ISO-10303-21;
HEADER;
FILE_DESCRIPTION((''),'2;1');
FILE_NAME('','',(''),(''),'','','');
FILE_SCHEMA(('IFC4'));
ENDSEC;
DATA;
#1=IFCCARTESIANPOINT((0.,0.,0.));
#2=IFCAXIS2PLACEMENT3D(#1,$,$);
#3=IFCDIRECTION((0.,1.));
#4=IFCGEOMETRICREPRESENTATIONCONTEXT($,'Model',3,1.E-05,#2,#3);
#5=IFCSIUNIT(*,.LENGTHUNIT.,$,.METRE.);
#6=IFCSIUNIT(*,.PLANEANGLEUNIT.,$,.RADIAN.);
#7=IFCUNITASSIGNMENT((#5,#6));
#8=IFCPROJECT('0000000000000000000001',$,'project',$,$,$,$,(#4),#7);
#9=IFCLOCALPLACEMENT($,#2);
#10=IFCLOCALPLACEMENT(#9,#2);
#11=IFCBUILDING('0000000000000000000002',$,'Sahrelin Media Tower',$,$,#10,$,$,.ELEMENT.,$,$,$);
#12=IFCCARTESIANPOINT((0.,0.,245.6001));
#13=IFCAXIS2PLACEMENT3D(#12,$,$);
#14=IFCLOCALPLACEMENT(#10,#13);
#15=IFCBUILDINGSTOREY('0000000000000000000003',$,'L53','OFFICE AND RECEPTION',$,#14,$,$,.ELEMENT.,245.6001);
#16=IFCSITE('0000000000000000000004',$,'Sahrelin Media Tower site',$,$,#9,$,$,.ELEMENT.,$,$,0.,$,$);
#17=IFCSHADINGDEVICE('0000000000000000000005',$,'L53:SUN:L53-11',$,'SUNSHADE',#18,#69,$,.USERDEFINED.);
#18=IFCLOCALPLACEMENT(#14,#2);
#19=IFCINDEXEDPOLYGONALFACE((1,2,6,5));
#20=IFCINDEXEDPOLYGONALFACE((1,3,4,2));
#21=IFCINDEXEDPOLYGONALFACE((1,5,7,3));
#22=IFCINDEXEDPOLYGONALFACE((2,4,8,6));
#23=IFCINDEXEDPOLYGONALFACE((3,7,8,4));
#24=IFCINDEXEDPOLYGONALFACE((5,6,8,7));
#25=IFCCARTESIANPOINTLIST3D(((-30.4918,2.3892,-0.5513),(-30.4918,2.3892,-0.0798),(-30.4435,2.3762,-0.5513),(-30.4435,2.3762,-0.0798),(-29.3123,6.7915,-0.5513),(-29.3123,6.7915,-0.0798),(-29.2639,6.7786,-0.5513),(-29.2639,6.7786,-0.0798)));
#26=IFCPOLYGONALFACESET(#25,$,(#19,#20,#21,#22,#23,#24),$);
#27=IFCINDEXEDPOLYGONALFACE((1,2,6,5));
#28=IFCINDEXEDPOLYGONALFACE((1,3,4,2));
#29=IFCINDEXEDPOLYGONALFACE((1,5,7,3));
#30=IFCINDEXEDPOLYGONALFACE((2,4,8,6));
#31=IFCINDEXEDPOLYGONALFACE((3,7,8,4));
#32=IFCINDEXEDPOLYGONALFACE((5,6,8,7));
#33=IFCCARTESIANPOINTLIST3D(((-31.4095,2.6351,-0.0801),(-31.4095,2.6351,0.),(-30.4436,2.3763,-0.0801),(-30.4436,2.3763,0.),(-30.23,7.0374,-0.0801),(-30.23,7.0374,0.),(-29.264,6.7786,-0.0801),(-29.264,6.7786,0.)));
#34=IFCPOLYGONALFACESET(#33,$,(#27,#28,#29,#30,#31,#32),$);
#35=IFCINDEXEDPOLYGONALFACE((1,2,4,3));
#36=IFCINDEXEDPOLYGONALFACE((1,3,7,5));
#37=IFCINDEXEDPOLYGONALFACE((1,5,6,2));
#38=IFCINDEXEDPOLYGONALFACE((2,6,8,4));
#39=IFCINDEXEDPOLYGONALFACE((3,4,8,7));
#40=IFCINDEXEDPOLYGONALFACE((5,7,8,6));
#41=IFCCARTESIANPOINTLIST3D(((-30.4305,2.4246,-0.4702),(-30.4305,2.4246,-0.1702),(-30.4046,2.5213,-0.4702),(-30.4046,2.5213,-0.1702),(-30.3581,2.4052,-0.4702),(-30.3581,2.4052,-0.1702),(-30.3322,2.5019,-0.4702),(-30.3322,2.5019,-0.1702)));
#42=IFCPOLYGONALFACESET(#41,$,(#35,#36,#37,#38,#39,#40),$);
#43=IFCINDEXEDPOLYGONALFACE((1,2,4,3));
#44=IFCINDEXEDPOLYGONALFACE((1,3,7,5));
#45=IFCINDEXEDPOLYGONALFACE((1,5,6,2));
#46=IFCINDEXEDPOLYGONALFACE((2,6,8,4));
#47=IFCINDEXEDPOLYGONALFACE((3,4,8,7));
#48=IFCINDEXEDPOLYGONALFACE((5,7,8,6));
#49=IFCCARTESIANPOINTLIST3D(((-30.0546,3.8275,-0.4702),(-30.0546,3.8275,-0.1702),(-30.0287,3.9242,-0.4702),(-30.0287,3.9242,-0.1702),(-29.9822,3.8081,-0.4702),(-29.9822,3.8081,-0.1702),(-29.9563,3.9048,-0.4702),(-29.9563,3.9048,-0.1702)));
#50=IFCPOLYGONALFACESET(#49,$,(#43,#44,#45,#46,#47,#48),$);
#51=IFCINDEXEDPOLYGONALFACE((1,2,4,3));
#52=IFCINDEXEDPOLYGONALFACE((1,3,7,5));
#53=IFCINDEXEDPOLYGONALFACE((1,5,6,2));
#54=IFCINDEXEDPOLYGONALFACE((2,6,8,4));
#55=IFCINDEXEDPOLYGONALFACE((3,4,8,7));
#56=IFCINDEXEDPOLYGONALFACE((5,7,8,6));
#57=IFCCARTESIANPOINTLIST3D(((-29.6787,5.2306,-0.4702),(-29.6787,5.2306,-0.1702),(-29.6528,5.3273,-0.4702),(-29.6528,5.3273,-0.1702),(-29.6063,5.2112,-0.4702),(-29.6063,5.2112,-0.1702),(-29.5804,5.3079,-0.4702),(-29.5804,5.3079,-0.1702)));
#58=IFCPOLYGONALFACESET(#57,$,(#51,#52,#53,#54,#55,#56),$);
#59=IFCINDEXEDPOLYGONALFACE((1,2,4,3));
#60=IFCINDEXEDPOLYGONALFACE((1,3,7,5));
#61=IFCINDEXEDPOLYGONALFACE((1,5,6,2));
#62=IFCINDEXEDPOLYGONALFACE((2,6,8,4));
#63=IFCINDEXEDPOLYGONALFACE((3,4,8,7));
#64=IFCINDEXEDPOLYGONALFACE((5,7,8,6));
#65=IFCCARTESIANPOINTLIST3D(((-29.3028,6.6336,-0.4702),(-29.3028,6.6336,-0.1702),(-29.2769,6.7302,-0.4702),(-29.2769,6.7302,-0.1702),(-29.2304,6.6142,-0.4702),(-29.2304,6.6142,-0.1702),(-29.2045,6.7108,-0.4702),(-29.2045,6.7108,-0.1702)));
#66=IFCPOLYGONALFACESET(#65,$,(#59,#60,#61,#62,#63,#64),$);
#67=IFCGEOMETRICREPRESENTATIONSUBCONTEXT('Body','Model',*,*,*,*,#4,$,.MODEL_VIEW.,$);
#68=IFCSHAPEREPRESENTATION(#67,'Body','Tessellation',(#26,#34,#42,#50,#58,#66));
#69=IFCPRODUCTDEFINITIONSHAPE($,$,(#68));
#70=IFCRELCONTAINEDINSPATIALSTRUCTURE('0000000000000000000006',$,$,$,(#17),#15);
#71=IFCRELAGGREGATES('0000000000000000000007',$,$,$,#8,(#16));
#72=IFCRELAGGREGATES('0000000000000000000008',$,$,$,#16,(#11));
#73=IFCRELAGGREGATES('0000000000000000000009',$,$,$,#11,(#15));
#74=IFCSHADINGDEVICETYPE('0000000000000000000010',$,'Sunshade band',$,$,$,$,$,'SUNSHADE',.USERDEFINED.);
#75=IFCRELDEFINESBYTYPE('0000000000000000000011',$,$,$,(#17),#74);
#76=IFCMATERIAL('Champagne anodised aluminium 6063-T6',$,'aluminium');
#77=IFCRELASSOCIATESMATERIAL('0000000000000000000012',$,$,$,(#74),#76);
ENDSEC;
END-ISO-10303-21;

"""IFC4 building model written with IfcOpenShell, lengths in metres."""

from ifc_helpers import new_model, si_unit, direction, frame, origin, origin_2d, place, context, subcontext, project, spatial, rectangle, extrude, material, type_object, element, save


model = new_model("IFC4")

# Units and contexts
model_context = context("Model", 3, precision=1e-05, world=origin(), true_north=direction((0.0, 1.0)))
body_context = subcontext(model_context, "Body", "Model", "MODEL_VIEW")
ifc_project = project(units=[si_unit("LENGTHUNIT", "METRE"), si_unit("PLANEANGLEUNIT", "RADIAN")], contexts=[model_context])

# Site, building, storey
site_placement = place(None, origin())
site = spatial("IfcSite", under=ifc_project, at=site_placement, Name="Sahrelin Media Tower site", CompositionType="ELEMENT", RefElevation=0.0)
building_placement = place(site_placement, origin())
building = spatial("IfcBuilding", under=site, at=building_placement, Name="Sahrelin Media Tower", CompositionType="ELEMENT")
storey_placement = place(building_placement, frame((0.0, 0.0, 245.6001)))
storey = spatial("IfcBuildingStorey", under=building, at=storey_placement, Name="L53", Description="OFFICE AND RECEPTION", CompositionType="ELEMENT", Elevation=245.6001)

# Shared definitions
ifc_material_1 = material(Name="Champagne anodised aluminium 6063-T6", Category="aluminium")

# Shading device
placement_1 = place(storey_placement, frame((-29.8345, 4.5723, 0.0), z_axis=(0.0, 0.0, 1.0), x_axis=(0.258808, 0.965929, 0.0)))
shading_device_type_1 = type_object("IfcShadingDeviceType", Name="Sunshade band", ElementType="SUNSHADE", PredefinedType="USERDEFINED", material=ifc_material_1)
element("IfcShadingDevice", 1, at=placement_1, inside=storey, type_object=shading_device_type_1, Name="L53:SUN:L53-11", ObjectType="SUNSHADE", PredefinedType="USERDEFINED", context=body_context, shape_type="SweptSolid", body=[
    extrude(rectangle(XDim=4.5576, YDim=0.05, at=origin_2d()), frame((0.0, 0.0449, -0.5513)), (0.0, 0.0, 1.0), 0.4714),
    extrude(rectangle(XDim=4.5576, YDim=1.0, at=origin_2d()), frame((0.0, 0.52, -0.0801)), (0.0, 0.0, 1.0), 0.0801),
    extrude(rectangle(XDim=0.1001, YDim=0.075, at=origin_2d()), frame((-2.1787, -0.0176, -0.4702)), (0.0, 0.0, 1.0), 0.3),
    extrude(rectangle(XDim=0.1001, YDim=0.075, at=origin_2d()), frame((-0.7263, -0.0176, -0.4702)), (0.0, 0.0, 1.0), 0.3),
    extrude(rectangle(XDim=0.1001, YDim=0.075, at=origin_2d()), frame((0.7263, -0.0176, -0.4702)), (0.0, 0.0, 1.0), 0.3),
    extrude(rectangle(XDim=0.1001, YDim=0.075, at=origin_2d()), frame((2.1787, -0.0176, -0.4702)), (0.0, 0.0, 1.0), 0.3),
])

save(model, "model.ifc")
